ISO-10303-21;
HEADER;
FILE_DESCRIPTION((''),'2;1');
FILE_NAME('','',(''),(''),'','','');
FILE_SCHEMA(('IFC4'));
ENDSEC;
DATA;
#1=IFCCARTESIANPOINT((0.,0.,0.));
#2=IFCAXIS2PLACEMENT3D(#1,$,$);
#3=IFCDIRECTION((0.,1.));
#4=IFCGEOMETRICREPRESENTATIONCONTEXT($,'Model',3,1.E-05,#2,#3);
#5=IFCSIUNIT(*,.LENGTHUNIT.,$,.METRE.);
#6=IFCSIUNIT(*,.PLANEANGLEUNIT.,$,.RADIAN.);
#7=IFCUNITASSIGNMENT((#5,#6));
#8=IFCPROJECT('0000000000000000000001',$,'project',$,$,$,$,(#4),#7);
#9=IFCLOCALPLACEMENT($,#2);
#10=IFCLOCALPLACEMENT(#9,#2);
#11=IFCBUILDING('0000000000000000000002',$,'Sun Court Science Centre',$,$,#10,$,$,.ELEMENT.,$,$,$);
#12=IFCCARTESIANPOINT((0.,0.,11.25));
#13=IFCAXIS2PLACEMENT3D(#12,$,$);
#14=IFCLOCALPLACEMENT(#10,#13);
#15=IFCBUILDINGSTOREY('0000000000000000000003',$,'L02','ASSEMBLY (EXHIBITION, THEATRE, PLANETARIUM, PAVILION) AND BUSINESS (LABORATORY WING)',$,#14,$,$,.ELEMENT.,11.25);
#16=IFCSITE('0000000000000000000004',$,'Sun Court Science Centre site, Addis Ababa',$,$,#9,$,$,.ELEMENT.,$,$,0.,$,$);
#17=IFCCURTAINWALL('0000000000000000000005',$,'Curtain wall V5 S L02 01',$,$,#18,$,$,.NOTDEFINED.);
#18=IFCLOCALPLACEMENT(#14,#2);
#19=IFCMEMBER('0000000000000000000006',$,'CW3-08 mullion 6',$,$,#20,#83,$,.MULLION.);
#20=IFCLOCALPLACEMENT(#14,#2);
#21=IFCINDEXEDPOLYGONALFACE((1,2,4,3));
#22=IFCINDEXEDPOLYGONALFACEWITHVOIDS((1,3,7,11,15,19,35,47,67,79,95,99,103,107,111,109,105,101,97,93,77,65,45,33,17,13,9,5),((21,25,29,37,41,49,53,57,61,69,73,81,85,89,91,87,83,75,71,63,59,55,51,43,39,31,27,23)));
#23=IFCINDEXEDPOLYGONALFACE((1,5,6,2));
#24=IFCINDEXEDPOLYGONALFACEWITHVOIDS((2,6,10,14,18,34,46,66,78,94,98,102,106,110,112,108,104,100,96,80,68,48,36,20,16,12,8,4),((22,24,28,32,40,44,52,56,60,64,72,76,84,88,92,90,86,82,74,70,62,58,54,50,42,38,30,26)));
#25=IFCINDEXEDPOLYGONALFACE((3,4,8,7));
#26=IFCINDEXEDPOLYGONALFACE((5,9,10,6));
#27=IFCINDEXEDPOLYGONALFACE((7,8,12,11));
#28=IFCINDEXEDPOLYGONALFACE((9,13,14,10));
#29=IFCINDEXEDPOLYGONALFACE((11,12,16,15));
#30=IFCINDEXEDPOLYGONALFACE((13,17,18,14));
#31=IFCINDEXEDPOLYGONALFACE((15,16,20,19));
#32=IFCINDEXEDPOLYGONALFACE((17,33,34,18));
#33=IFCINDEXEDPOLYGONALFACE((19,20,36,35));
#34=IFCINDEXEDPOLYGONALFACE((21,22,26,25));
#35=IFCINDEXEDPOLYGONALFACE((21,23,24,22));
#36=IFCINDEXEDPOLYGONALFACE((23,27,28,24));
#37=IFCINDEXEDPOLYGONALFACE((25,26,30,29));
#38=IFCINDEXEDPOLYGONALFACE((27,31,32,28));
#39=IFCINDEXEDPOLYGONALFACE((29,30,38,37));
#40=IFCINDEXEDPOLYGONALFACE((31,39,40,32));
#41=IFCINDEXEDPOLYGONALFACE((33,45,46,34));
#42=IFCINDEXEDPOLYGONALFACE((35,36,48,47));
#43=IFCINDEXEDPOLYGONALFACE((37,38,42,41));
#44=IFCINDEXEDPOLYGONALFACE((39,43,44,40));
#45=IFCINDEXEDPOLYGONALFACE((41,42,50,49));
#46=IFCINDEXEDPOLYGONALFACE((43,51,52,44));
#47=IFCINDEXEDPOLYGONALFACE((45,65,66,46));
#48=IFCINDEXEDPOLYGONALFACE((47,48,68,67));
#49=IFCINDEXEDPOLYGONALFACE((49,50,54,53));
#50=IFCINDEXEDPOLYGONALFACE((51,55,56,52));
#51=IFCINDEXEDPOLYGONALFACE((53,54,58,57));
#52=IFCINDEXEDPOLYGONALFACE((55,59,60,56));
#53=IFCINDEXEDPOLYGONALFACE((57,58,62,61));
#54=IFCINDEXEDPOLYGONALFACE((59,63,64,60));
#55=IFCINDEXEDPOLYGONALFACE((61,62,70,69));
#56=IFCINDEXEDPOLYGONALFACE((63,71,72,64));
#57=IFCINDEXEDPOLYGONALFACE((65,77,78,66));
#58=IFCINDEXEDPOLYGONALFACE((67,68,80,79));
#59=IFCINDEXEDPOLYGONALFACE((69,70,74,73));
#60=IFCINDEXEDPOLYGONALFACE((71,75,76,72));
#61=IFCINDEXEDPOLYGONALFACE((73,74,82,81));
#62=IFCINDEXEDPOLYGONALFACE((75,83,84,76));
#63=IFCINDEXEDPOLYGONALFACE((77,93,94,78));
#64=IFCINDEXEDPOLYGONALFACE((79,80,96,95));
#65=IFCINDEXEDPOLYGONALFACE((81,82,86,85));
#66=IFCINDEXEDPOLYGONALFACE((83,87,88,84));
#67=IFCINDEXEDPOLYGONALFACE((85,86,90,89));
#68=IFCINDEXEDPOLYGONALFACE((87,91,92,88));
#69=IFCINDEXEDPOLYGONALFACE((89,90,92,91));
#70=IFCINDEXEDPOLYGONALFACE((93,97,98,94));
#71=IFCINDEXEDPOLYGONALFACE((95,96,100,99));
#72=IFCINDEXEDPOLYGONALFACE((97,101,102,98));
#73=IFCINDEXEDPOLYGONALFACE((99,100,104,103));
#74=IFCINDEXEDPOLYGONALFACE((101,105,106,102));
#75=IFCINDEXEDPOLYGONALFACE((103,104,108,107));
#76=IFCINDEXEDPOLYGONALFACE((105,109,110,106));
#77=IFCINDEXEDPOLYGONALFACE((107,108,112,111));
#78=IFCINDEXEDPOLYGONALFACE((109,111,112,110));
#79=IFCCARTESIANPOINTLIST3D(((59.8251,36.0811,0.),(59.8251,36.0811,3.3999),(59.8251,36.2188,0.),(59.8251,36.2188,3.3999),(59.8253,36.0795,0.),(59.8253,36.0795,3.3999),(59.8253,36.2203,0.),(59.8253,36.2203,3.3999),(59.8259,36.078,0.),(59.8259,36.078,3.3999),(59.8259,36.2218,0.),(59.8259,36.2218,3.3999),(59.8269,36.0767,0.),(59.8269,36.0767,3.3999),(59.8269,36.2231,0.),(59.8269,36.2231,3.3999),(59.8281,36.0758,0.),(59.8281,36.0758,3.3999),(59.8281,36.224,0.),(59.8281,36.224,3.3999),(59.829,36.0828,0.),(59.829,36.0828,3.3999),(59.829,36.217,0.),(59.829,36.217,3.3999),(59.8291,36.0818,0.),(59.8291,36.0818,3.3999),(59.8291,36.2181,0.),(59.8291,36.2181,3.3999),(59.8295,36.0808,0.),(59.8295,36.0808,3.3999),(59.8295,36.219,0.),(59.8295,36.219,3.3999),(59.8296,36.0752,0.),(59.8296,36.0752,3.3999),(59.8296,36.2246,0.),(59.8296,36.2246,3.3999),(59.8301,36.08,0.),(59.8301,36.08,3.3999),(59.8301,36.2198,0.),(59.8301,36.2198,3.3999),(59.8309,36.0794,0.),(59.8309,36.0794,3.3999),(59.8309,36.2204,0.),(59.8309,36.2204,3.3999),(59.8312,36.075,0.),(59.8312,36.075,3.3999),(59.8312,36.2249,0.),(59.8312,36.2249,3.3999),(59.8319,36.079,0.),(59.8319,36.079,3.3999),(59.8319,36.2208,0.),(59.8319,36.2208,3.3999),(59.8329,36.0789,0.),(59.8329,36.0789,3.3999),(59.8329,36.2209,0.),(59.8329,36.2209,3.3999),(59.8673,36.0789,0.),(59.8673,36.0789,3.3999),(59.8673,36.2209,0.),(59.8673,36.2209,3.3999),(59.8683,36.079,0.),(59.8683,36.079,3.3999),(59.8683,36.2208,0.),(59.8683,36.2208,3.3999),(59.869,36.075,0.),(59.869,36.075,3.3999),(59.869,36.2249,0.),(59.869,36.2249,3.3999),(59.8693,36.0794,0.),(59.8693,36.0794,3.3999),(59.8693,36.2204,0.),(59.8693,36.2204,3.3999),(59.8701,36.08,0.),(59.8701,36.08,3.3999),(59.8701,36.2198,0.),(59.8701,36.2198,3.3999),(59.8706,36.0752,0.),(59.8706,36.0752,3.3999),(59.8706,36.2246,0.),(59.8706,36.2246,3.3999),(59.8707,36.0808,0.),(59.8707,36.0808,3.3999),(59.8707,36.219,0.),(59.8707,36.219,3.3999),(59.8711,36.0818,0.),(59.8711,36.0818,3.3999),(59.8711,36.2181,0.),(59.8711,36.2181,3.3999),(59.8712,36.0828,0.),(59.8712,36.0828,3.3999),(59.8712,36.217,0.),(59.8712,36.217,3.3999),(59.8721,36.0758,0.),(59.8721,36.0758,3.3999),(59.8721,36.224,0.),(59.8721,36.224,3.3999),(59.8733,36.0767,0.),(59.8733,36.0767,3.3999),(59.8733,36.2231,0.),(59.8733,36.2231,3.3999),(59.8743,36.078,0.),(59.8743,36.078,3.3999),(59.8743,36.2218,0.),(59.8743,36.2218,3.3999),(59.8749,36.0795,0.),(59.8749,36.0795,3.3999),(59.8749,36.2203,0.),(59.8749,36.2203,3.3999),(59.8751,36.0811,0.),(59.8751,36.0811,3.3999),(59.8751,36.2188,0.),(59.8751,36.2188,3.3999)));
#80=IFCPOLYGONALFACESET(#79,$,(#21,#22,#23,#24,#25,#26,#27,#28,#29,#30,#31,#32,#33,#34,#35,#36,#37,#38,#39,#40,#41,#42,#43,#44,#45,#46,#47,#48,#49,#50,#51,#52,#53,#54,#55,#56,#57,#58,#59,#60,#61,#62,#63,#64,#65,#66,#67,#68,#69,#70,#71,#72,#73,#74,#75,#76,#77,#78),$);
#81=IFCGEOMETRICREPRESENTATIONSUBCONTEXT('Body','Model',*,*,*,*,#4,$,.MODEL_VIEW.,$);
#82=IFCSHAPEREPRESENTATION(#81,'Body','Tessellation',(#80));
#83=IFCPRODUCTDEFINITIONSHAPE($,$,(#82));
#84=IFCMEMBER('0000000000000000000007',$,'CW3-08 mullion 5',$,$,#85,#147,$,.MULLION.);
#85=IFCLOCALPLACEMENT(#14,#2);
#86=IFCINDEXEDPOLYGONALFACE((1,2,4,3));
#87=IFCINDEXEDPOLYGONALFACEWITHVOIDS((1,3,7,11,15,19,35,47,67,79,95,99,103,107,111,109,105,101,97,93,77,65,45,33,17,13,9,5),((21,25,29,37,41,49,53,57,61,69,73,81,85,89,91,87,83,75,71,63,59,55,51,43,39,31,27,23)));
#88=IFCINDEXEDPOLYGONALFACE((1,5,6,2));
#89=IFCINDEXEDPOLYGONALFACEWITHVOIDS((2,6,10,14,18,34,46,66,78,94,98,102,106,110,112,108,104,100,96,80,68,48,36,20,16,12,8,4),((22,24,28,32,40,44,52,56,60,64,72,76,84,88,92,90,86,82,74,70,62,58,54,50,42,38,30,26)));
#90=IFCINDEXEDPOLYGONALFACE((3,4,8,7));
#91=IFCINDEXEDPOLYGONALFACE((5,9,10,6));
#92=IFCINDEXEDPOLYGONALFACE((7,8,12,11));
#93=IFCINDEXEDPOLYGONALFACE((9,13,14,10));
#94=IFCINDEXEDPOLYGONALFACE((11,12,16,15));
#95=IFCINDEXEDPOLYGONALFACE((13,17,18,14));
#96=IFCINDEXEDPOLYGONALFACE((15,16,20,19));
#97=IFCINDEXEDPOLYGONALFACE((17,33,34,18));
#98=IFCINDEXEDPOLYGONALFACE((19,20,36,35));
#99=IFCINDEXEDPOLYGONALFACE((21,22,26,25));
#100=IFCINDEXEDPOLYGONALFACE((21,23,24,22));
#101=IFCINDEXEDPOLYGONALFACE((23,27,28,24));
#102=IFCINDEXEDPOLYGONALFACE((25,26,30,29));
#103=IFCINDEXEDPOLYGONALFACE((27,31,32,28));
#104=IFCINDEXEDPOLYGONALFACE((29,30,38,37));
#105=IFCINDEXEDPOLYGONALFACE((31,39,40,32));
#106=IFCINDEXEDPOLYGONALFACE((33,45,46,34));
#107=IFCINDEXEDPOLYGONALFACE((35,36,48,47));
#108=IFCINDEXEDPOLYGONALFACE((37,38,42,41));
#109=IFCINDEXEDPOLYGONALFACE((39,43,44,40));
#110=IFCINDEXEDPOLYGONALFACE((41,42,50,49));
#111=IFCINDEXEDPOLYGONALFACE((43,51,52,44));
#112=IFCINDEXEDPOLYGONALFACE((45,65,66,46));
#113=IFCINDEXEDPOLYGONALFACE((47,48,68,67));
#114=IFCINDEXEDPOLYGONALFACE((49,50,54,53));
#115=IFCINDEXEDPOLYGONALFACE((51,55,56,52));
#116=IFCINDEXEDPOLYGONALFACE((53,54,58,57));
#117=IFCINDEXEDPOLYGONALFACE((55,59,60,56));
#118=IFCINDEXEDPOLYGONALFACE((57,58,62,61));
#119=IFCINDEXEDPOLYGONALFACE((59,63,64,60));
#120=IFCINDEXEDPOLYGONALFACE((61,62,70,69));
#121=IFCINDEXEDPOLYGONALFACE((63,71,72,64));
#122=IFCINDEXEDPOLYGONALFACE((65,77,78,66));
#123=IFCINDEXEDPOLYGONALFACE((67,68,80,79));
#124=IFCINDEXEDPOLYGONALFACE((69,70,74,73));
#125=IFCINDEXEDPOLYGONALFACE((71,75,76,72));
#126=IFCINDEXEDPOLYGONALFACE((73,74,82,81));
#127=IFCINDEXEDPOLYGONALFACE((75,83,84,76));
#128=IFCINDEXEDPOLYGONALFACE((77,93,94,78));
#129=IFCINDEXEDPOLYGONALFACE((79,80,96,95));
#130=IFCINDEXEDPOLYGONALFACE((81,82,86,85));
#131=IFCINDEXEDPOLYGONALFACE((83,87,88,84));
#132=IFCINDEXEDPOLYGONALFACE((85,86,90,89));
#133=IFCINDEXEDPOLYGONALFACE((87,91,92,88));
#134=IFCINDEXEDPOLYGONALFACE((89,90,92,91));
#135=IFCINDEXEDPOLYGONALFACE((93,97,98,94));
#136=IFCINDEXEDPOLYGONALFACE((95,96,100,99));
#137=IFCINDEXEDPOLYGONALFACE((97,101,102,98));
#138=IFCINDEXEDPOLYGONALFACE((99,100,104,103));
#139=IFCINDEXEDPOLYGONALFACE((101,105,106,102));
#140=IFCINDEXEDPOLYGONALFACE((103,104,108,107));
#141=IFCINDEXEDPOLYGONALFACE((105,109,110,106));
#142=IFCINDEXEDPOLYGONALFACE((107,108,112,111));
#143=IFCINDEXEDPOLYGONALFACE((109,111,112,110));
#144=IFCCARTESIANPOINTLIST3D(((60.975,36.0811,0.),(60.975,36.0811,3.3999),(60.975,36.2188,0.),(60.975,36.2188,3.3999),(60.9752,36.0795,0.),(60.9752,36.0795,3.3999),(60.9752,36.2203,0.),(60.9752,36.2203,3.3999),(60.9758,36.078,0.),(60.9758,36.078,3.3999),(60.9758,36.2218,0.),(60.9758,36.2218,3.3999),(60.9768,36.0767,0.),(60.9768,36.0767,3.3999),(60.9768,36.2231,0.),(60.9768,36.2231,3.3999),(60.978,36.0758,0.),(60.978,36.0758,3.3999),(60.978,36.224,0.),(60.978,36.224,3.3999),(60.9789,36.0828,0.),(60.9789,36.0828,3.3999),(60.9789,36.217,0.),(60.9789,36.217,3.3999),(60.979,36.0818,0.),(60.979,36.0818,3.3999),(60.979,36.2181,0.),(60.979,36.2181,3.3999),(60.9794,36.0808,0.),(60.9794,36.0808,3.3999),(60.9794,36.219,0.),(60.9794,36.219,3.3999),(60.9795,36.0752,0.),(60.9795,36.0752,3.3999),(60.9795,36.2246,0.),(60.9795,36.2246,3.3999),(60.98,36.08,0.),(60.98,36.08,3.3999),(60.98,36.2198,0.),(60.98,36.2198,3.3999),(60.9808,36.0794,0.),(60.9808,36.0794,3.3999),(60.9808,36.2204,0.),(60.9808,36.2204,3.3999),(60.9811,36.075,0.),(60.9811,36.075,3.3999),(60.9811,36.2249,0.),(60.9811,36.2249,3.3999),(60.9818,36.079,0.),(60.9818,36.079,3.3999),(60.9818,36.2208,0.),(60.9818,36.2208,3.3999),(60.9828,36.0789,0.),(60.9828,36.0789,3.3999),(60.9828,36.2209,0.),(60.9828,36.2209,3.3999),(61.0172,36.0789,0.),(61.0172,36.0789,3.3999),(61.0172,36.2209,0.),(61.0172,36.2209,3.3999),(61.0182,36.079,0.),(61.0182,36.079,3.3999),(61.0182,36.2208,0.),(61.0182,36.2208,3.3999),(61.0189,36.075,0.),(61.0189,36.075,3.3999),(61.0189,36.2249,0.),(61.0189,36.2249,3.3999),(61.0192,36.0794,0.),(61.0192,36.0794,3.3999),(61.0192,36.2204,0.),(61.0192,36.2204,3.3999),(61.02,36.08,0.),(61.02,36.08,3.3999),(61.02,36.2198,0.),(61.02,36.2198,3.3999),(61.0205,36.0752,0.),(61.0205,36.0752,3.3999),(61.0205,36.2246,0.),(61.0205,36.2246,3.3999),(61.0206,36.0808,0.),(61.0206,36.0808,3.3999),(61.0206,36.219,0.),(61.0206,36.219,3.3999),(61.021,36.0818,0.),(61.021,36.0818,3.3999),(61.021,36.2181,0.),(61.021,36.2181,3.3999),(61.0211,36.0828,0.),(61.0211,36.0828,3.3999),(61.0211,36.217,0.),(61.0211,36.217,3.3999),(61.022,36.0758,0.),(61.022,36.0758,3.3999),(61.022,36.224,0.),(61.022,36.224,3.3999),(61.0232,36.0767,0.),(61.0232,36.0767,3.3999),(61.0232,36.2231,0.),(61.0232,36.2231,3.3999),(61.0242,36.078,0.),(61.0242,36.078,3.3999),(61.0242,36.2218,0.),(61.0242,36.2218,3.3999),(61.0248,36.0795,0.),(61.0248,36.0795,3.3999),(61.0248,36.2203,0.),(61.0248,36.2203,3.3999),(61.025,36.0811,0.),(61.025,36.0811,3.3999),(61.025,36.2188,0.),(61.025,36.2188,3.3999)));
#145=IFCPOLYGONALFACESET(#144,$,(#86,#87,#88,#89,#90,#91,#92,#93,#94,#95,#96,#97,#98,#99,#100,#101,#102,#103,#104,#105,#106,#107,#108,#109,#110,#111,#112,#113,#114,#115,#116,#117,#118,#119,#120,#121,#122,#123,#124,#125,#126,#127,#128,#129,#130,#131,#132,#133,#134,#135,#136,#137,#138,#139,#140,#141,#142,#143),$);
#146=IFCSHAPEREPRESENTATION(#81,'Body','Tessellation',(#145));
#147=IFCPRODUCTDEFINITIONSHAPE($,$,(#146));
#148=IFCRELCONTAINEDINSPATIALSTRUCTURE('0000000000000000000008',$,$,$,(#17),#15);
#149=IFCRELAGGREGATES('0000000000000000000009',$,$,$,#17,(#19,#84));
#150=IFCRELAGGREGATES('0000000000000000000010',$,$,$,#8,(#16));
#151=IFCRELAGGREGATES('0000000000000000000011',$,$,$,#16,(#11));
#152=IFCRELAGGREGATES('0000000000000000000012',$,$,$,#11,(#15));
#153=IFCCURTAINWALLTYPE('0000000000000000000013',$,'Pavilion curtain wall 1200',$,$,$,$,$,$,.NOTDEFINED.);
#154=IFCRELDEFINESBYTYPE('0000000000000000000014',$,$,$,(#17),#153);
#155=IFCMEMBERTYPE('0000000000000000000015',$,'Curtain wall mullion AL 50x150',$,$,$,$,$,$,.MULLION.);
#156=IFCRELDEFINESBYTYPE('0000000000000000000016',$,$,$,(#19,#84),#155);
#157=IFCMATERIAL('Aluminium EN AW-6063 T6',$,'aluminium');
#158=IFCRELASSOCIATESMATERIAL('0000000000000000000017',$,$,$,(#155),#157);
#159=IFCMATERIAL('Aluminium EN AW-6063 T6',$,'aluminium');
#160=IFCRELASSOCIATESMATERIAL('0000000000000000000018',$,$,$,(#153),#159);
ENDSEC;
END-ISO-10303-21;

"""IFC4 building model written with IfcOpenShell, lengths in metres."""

from ifc_helpers import new_model, si_unit, direction, frame, origin, origin_2d, place, context, subcontext, project, spatial, hollow_rectangle, extrude, material, material_profile, profile_set, type_object, element, aggregate, save


model = new_model("IFC4")

# Units and contexts
model_context = context("Model", 3, precision=1e-05, world=origin(), true_north=direction((0.0, 1.0)))
body_context = subcontext(model_context, "Body", "Model", "MODEL_VIEW")
ifc_project = project(units=[si_unit("LENGTHUNIT", "METRE"), si_unit("PLANEANGLEUNIT", "RADIAN")], contexts=[model_context])

# Site, building, storey
site_placement = place(None, origin())
site = spatial("IfcSite", under=ifc_project, at=site_placement, Name="Sun Court Science Centre site, Addis Ababa", CompositionType="ELEMENT", RefElevation=0.0)
building_placement = place(site_placement, origin())
building = spatial("IfcBuilding", under=site, at=building_placement, Name="Sun Court Science Centre", CompositionType="ELEMENT")
storey_placement = place(building_placement, frame((0.0, 0.0, 11.25)))
storey = spatial("IfcBuildingStorey", under=building, at=storey_placement, Name="L02", Description="ASSEMBLY (EXHIBITION, THEATRE, PLANETARIUM, PAVILION) AND BUSINESS (LABORATORY WING)", CompositionType="ELEMENT", Elevation=11.25)

# Shared definitions
ifc_material_1 = material(Name="Aluminium EN AW-6063 T6", Category="aluminium")
ifc_material_profile_1 = material_profile(ifc_material_1, hollow_rectangle(XDim=0.05, YDim=0.1499, WallThickness=0.0039, InnerFilletRadius=0.0039, OuterFilletRadius=0.0061, at=origin_2d()), Name="AL 50x150x4")
ifc_profile_set_1 = profile_set([ifc_material_profile_1], Name="Aluminium EN AW-6063 T6")
member_type_1 = type_object("IfcMemberType", Name="Curtain wall mullion AL 50x150", PredefinedType="MULLION", material=ifc_profile_set_1)

# Curtain wall, members
ifc_material_2 = material(Name="Aluminium EN AW-6063 T6", Category="aluminium")
curtain_wall_type_1 = type_object("IfcCurtainWallType", Name="Pavilion curtain wall 1200", PredefinedType="NOTDEFINED", material=ifc_material_2)
curtain_wall_1_placement = place(storey_placement, origin())
curtain_wall_1 = element("IfcCurtainWall", 1, at=curtain_wall_1_placement, inside=storey, type_object=curtain_wall_type_1, Name="Curtain wall V5 S L02 01", PredefinedType="NOTDEFINED")
member_1_placement = place(storey_placement, frame((59.8501, 36.1499, 0.0), z_axis=(0.0, 0.0, 1.0), x_axis=(-1.0, 0.0, 0.0)))
member_1 = element("IfcMember", 2, at=member_1_placement, type_object=member_type_1, Name="CW3-08 mullion 6", PredefinedType="MULLION", context=body_context, shape_type="SweptSolid", body=[
    extrude(hollow_rectangle(XDim=0.05, YDim=0.1499, WallThickness=0.0039, InnerFilletRadius=0.0039, OuterFilletRadius=0.0061, at=origin_2d()), origin(), (0.0, 0.0, 1.0), 3.3999),
])
member_2_placement = place(storey_placement, frame((61.0, 36.1499, 0.0), z_axis=(0.0, 0.0, 1.0), x_axis=(-1.0, 0.0, 0.0)))
member_2 = element("IfcMember", 3, at=member_2_placement, type_object=member_type_1, Name="CW3-08 mullion 5", PredefinedType="MULLION", context=body_context, shape_type="SweptSolid", body=[
    extrude(hollow_rectangle(XDim=0.05, YDim=0.1499, WallThickness=0.0039, InnerFilletRadius=0.0039, OuterFilletRadius=0.0061, at=origin_2d()), origin(), (0.0, 0.0, 1.0), 3.3999),
])

aggregate(curtain_wall_1, [member_1, member_2])

save(model, "model.ifc")
